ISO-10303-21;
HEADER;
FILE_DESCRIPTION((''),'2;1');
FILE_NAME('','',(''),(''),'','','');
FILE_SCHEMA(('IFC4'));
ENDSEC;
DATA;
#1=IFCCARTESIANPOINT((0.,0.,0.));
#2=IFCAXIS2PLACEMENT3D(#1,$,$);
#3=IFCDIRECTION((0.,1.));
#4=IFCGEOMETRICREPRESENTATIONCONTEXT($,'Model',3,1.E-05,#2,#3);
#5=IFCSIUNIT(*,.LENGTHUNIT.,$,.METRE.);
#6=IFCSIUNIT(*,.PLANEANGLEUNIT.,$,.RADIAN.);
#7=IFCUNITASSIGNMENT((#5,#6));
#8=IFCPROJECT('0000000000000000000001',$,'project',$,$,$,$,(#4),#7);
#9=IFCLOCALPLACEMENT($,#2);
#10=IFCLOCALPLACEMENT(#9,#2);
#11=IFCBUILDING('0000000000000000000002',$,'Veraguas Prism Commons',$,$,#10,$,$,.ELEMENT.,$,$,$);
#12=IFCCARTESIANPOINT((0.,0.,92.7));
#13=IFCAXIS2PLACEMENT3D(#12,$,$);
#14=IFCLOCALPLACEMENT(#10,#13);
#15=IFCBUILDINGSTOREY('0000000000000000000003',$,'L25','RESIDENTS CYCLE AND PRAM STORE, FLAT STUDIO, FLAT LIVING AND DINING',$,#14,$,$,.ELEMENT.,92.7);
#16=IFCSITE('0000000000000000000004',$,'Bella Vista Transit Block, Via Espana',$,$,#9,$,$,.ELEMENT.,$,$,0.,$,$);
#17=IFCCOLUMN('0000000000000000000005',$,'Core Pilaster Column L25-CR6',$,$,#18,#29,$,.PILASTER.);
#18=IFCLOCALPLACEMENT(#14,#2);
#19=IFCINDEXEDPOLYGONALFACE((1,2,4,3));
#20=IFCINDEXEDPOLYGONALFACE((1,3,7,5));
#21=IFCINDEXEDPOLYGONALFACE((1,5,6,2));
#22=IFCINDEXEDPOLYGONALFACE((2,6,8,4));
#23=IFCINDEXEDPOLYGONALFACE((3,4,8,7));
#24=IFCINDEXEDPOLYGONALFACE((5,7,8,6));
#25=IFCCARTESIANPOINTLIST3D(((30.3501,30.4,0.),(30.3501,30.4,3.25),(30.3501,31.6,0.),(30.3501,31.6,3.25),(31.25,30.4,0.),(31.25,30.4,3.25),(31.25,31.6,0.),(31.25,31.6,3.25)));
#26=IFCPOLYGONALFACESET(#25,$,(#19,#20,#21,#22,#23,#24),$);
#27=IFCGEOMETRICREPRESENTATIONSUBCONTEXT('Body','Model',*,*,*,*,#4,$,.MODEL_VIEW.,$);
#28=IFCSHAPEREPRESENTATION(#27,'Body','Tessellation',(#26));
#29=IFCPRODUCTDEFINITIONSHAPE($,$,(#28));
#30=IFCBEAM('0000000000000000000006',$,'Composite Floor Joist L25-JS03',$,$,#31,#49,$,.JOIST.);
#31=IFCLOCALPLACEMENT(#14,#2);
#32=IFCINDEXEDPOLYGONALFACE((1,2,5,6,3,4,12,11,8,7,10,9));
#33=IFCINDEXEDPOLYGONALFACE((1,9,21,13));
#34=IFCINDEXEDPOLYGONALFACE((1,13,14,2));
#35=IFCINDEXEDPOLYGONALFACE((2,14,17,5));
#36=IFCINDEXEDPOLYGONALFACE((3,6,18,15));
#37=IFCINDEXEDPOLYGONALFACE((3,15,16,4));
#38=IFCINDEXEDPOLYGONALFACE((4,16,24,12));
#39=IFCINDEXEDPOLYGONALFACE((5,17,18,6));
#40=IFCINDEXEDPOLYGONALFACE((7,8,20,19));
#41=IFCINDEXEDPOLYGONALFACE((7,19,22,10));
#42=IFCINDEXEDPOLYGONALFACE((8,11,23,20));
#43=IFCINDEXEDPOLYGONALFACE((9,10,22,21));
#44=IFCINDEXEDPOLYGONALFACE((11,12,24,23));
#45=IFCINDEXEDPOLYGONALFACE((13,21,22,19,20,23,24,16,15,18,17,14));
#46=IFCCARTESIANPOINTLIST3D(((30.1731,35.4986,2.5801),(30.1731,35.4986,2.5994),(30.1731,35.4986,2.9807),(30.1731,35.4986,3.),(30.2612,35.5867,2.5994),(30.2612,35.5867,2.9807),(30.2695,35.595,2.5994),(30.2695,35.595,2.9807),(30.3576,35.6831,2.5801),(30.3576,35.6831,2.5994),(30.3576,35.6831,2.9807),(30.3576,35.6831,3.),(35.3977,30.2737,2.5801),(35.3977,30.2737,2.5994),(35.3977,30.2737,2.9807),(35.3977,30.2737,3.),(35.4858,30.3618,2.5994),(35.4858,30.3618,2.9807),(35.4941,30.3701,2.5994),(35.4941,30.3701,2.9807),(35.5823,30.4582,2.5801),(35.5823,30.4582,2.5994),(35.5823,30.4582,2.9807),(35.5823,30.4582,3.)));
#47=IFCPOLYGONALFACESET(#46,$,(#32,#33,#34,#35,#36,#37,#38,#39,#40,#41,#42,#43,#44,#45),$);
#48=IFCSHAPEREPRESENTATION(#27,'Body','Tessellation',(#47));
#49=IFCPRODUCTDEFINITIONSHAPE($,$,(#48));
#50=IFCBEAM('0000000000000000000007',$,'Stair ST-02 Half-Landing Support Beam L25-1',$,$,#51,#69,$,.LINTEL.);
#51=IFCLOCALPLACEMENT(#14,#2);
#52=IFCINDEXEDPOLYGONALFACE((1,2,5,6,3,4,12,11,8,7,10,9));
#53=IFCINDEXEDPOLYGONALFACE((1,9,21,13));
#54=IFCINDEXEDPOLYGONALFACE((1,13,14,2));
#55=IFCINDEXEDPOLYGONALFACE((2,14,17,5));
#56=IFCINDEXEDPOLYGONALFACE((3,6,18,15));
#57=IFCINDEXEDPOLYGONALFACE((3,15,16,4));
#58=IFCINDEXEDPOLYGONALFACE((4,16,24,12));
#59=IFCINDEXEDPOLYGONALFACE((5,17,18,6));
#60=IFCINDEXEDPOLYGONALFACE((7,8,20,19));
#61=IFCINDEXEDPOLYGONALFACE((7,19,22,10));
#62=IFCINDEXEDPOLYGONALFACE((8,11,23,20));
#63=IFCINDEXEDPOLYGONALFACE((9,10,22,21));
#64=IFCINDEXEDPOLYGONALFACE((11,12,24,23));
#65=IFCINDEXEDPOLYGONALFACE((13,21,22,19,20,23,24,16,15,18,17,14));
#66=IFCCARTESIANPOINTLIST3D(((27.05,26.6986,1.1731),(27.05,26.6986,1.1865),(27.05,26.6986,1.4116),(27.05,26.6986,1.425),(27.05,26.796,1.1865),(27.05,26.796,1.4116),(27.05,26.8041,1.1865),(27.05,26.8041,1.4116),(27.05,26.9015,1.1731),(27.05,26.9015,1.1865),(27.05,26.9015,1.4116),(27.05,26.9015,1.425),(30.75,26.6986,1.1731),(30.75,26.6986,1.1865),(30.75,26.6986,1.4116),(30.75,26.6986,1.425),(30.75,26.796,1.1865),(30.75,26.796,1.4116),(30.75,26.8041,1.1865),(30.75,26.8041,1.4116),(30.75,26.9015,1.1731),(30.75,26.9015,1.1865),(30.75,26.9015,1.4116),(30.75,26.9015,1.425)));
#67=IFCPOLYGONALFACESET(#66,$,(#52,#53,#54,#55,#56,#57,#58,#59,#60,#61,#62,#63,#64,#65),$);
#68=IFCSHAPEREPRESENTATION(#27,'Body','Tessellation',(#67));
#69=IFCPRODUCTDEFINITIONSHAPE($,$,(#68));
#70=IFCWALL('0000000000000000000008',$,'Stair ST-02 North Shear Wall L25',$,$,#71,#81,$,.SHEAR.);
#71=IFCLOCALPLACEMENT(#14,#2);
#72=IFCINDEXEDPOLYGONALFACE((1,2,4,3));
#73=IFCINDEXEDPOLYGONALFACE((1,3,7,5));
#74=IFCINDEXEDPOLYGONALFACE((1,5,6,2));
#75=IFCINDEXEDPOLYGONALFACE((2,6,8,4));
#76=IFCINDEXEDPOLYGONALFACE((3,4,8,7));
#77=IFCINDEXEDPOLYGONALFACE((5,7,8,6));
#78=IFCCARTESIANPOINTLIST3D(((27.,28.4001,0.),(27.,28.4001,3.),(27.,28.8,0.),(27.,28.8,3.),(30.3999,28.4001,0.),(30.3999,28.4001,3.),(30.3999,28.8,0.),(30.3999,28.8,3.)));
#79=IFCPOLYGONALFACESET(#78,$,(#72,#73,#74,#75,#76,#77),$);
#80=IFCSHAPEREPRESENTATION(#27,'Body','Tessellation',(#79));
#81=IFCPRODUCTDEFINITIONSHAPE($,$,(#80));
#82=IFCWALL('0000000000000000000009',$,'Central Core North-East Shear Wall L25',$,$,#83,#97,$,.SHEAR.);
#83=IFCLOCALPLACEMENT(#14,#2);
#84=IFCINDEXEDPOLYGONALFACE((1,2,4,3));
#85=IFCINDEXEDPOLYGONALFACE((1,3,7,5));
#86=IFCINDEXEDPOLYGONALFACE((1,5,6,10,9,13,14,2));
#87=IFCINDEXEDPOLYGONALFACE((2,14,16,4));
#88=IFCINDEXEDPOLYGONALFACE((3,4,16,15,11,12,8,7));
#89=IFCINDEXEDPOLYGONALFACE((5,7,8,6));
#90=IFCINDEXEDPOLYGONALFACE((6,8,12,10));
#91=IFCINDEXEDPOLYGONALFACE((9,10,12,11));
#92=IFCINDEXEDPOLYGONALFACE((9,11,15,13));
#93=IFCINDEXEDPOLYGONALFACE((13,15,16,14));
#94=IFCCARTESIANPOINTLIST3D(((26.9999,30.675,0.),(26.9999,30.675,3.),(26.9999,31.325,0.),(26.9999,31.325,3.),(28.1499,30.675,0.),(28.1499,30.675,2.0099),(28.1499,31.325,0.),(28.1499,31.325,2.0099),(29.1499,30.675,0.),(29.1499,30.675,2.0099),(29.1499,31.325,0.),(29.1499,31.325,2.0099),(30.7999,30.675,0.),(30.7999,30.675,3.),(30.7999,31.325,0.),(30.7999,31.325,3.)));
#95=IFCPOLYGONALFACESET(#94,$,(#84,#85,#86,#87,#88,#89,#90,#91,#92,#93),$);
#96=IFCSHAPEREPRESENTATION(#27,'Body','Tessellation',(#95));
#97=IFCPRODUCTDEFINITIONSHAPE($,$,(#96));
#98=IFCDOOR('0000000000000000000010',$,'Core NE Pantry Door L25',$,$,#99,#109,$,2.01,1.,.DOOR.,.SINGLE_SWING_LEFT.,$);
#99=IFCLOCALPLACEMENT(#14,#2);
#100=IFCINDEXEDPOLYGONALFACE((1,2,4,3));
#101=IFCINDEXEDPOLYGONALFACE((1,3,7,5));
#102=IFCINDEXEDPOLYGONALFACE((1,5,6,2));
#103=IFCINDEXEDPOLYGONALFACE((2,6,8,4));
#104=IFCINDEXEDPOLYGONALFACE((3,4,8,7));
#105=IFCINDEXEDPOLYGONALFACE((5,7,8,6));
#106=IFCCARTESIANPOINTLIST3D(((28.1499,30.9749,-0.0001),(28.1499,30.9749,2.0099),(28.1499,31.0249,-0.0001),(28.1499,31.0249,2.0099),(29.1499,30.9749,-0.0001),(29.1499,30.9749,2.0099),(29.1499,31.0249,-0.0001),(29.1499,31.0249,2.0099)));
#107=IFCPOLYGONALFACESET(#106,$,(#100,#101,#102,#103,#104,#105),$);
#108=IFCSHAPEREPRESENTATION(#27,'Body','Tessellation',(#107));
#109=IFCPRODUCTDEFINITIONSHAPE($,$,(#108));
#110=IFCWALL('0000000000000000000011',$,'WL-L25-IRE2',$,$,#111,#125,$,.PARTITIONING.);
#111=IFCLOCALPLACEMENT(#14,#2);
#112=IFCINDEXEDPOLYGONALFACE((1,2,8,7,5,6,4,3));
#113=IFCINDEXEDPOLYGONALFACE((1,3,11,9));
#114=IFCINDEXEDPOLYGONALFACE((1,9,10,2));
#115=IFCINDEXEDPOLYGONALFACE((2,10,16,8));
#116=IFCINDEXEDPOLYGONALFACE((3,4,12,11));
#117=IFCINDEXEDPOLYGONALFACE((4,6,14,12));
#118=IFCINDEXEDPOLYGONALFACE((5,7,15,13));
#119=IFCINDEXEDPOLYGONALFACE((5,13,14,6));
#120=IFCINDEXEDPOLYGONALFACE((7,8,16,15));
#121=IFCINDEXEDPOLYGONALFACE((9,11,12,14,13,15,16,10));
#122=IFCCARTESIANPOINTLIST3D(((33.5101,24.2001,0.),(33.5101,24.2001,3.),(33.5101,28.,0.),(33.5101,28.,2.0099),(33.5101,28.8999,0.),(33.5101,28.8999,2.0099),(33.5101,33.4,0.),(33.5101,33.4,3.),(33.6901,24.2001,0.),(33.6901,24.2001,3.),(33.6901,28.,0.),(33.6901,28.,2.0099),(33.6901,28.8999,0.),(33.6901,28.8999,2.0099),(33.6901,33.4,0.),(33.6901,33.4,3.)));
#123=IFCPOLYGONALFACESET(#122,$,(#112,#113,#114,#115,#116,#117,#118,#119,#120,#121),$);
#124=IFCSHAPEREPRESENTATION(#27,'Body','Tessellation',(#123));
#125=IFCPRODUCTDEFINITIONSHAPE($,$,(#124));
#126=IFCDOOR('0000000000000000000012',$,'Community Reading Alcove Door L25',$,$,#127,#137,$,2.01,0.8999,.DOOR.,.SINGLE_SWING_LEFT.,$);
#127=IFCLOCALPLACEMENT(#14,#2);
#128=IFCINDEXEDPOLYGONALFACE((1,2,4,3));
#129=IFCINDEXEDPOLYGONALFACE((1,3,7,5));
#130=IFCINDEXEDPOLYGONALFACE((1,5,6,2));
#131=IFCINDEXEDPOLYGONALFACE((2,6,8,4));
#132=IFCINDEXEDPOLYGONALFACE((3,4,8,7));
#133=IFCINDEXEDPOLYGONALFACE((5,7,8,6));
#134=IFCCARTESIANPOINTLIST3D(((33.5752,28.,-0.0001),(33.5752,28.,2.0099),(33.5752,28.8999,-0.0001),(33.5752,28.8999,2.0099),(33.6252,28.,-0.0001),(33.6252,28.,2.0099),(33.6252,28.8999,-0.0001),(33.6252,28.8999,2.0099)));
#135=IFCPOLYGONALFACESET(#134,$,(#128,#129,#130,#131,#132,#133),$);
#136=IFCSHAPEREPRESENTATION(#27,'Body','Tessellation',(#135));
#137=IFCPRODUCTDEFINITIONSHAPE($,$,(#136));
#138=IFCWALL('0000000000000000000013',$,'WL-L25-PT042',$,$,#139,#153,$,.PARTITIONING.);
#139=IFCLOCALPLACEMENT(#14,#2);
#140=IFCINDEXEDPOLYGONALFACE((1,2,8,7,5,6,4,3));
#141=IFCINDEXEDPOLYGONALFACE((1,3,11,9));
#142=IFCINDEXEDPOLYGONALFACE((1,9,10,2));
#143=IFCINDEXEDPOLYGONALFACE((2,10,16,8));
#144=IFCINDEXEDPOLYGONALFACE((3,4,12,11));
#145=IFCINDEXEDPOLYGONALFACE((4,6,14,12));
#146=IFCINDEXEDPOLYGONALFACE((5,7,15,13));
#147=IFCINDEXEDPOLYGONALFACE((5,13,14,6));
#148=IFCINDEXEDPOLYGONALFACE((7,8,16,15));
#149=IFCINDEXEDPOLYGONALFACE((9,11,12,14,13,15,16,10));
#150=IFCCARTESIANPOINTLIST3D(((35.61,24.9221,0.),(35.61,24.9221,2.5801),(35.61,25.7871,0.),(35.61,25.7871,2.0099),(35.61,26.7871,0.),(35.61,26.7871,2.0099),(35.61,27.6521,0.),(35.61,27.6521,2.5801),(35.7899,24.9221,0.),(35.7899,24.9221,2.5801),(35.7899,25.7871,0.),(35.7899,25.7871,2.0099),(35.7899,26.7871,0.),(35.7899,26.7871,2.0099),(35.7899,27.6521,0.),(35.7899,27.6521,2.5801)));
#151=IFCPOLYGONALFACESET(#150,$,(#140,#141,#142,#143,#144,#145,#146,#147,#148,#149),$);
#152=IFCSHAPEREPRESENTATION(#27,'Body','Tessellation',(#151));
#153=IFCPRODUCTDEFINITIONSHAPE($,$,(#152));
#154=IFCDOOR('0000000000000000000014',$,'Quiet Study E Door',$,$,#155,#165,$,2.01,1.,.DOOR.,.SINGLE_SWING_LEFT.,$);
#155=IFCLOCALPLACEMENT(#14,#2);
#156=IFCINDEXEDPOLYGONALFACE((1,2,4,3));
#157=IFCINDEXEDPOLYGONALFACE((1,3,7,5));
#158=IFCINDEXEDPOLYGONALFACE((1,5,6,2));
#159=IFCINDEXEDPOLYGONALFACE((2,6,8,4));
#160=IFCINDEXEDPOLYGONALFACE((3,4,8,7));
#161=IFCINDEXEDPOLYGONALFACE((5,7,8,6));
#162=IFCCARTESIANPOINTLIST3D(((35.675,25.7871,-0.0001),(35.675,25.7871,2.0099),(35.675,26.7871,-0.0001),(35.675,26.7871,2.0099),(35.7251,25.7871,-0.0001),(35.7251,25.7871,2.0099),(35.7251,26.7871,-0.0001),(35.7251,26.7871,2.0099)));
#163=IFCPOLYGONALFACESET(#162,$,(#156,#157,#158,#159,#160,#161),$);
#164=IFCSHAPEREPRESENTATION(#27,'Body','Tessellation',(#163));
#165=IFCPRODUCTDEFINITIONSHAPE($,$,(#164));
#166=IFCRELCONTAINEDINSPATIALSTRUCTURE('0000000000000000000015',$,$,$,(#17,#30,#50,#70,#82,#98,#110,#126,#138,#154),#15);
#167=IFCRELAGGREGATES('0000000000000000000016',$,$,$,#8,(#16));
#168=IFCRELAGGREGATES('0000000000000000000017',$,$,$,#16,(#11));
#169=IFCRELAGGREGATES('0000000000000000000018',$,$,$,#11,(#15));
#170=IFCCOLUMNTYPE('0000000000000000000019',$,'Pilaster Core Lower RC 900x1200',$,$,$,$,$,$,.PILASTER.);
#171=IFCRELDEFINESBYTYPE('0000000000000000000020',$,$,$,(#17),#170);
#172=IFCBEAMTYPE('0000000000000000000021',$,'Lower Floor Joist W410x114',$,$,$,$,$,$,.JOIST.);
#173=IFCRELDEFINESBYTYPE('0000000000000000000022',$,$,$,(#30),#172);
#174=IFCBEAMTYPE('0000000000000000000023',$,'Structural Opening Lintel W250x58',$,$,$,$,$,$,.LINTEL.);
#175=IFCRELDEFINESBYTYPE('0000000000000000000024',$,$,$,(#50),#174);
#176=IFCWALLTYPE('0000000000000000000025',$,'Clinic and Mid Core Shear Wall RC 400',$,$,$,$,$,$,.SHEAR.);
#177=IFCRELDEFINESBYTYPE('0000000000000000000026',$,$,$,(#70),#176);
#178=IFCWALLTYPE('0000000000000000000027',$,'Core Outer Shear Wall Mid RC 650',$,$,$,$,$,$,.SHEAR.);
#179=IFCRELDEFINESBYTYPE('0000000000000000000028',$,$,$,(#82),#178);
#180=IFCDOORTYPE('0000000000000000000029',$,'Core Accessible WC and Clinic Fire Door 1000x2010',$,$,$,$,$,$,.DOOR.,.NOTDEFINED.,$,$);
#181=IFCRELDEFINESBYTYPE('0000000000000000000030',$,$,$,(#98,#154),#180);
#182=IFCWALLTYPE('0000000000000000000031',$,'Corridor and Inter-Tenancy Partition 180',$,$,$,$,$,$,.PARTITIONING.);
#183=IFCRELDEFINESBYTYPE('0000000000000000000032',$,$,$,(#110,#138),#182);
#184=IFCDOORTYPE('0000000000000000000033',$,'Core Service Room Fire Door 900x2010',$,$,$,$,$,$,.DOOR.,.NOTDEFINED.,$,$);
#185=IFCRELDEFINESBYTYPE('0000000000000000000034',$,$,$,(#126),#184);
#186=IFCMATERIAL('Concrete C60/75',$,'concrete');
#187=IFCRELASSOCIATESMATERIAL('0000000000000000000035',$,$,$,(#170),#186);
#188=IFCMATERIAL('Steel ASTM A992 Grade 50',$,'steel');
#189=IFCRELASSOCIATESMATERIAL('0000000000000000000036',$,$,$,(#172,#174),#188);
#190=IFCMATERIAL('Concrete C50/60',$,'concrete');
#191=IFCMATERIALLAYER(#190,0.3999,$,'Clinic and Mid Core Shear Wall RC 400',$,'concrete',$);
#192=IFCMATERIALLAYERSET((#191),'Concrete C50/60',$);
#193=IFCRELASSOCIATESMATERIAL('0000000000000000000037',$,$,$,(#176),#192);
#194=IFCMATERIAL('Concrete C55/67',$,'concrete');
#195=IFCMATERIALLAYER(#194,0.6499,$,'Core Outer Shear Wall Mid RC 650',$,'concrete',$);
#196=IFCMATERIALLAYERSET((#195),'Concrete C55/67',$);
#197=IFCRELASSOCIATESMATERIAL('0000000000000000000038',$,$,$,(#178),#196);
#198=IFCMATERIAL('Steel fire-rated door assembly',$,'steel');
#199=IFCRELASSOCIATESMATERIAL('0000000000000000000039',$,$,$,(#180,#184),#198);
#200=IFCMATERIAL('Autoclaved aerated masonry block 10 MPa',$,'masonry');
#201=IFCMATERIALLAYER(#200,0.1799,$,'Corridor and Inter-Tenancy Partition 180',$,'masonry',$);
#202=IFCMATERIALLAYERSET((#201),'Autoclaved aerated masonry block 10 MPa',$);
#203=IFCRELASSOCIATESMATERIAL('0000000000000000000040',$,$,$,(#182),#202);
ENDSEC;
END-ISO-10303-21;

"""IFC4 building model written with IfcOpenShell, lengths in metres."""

from ifc_helpers import new_model, si_unit, direction, frame, frame_2d, origin, origin_2d, place, context, subcontext, project, spatial, rectangle, i_section, extrude, source, transform, mapped, material, layer, layer_set, material_profile, profile_set, type_object, element, fill, save


model = new_model("IFC4")

# Units and contexts
model_context = context("Model", 3, precision=1e-05, world=origin(), true_north=direction((0.0, 1.0)))
body_context = subcontext(model_context, "Body", "Model", "MODEL_VIEW")
ifc_project = project(units=[si_unit("LENGTHUNIT", "METRE"), si_unit("PLANEANGLEUNIT", "RADIAN")], contexts=[model_context])

# Site, building, storey
site_placement = place(None, origin())
site = spatial("IfcSite", under=ifc_project, at=site_placement, Name="Bella Vista Transit Block, Via Espana", CompositionType="ELEMENT", RefElevation=0.0)
building_placement = place(site_placement, origin())
building = spatial("IfcBuilding", under=site, at=building_placement, Name="Veraguas Prism Commons", CompositionType="ELEMENT")
storey_placement = place(building_placement, frame((0.0, 0.0, 92.7)))
storey = spatial("IfcBuildingStorey", under=building, at=storey_placement, Name="L25", Description="RESIDENTS CYCLE AND PRAM STORE, FLAT STUDIO, FLAT LIVING AND DINING", CompositionType="ELEMENT", Elevation=92.7)

# Column
ifc_material_1 = material(Name="Concrete C60/75", Category="concrete")
ifc_material_profile_1 = material_profile(ifc_material_1, rectangle(XDim=0.8999, YDim=1.2, at=origin_2d()), Name="RC900X1200")
ifc_profile_set_1 = profile_set([ifc_material_profile_1], Name="Concrete C60/75")
column_type = type_object("IfcColumnType", Name="Pilaster Core Lower RC 900x1200", PredefinedType="PILASTER", material=ifc_profile_set_1)
column_placement = place(storey_placement, frame((30.8, 31.0, 0.0), z_axis=(0.0, 0.0, 1.0), x_axis=(1.0, 0.0, 0.0)))
element("IfcColumn", 1, at=column_placement, inside=storey, type_object=column_type, Name="Core Pilaster Column L25-CR6", PredefinedType="PILASTER", context=body_context, shape_type="SweptSolid", body=[
    extrude(rectangle(XDim=0.8999, YDim=1.2, at=origin_2d()), origin(), (0.0, 0.0, 1.0), 3.25),
])

# Beams
ifc_material_2 = material(Name="Steel ASTM A992 Grade 50", Category="steel")
ifc_material_profile_2 = material_profile(ifc_material_2, i_section(OverallWidth=0.261, OverallDepth=0.4199, WebThickness=0.0117, FlangeThickness=0.0193, at=origin_2d()), Name="W410X114")
ifc_profile_set_2 = profile_set([ifc_material_profile_2], Name="Steel ASTM A992 Grade 50")
beam_type_1 = type_object("IfcBeamType", Name="Lower Floor Joist W410x114", PredefinedType="JOIST", material=ifc_profile_set_2)
beam_1_placement = place(storey_placement, frame((35.49, 30.366, 2.79), z_axis=(-0.70709, 0.707123, 0.0), x_axis=(-0.707123, -0.70709, 0.0)))
element("IfcBeam", 2, at=beam_1_placement, inside=storey, type_object=beam_type_1, Name="Composite Floor Joist L25-JS03", PredefinedType="JOIST", context=body_context, shape_type="SweptSolid", body=[
    extrude(i_section(OverallWidth=0.261, OverallDepth=0.4199, WebThickness=0.0117, FlangeThickness=0.0193, at=origin_2d()), origin(), (0.0, 0.0, 1.0), 7.3889),
])
ifc_material_profile_3 = material_profile(ifc_material_2, i_section(OverallWidth=0.2029, OverallDepth=0.252, WebThickness=0.0081, FlangeThickness=0.0134, at=origin_2d()), Name="W250X58")
ifc_profile_set_3 = profile_set([ifc_material_profile_3], Name="Steel ASTM A992 Grade 50")
beam_type_2 = type_object("IfcBeamType", Name="Structural Opening Lintel W250x58", PredefinedType="LINTEL", material=ifc_profile_set_3)
beam_2_placement = place(storey_placement, frame((27.05, 26.8, 1.2991), z_axis=(1.0, 0.0, 0.0), x_axis=(0.0, 1.0, 0.0)))
element("IfcBeam", 3, at=beam_2_placement, inside=storey, type_object=beam_type_2, Name="Stair ST-02 Half-Landing Support Beam L25-1", PredefinedType="LINTEL", context=body_context, shape_type="SweptSolid", body=[
    extrude(i_section(OverallWidth=0.2029, OverallDepth=0.252, WebThickness=0.0081, FlangeThickness=0.0134, at=origin_2d()), origin(), (0.0, 0.0, 1.0), 3.7),
])

# Wall
ifc_material_3 = material(Name="Concrete C50/60", Category="concrete")
ifc_layer_1 = layer(ifc_material_3, 0.3999, Name="Clinic and Mid Core Shear Wall RC 400", Category="concrete")
ifc_layer_set_1 = layer_set([ifc_layer_1], Name="Concrete C50/60")
wall_type_1 = type_object("IfcWallType", Name="Clinic and Mid Core Shear Wall RC 400", PredefinedType="SHEAR", material=ifc_layer_set_1)
wall_1_placement = place(storey_placement, frame((27.0, 28.6001, 0.0), z_axis=(0.0, 0.0, 1.0), x_axis=(1.0, 0.0, 0.0)))
element("IfcWall", 4, at=wall_1_placement, inside=storey, type_object=wall_type_1, Name="Stair ST-02 North Shear Wall L25", PredefinedType="SHEAR", context=body_context, shape_type="SweptSolid", body=[
    extrude(rectangle(XDim=3.3999, YDim=0.3999, at=frame_2d((1.7, 0.0))), origin(), (0.0, 0.0, 1.0), 3.0),
])

# Walls, openings, doors
ifc_material_4 = material(Name="Concrete C55/67", Category="concrete")
ifc_layer_2 = layer(ifc_material_4, 0.6499, Name="Core Outer Shear Wall Mid RC 650", Category="concrete")
ifc_layer_set_2 = layer_set([ifc_layer_2], Name="Concrete C55/67")
wall_type_2 = type_object("IfcWallType", Name="Core Outer Shear Wall Mid RC 650", PredefinedType="SHEAR", material=ifc_layer_set_2)
wall_2_placement = place(storey_placement, frame((27.0, 31.0, 0.0), z_axis=(0.0, 0.0, 1.0), x_axis=(1.0, 0.0, 0.0)))
wall_2 = element("IfcWall", 5, at=wall_2_placement, inside=storey, type_object=wall_type_2, Name="Central Core North-East Shear Wall L25", PredefinedType="SHEAR", context=body_context, shape_type="SweptSolid", body=[
    extrude(rectangle(XDim=3.8, YDim=0.6499, at=frame_2d((1.8999, 0.0))), origin(), (0.0, 0.0, 1.0), 3.0),
])
opening_1_placement = place(wall_2_placement, frame((1.1499, 0.0, 0.0)))
opening_1 = element("IfcOpeningElement", 6, at=opening_1_placement, cuts=wall_2, PredefinedType="OPENING", context=body_context, shape_type="SweptSolid", body=[
    extrude(rectangle(XDim=1.0, YDim=2.01, at=frame_2d((0.5, 1.0049))), frame((0.0, 0.335, 0.0), z_axis=(0.0, -1.0, 0.0), x_axis=(1.0, 0.0, 0.0)), (0.0, 0.0, 1.0), 0.6699),
])
ifc_material_5 = material(Name="Steel fire-rated door assembly", Category="steel")
door_type_1 = type_object("IfcDoorType", Name="Core Accessible WC and Clinic Fire Door 1000x2010", OperationType="NOTDEFINED", PredefinedType="DOOR", material=ifc_material_5)
shared_shape_1 = source(origin(), body_context, "Body", "SweptSolid", [
    extrude(rectangle(XDim=1.0, YDim=2.01, at=frame_2d((0.5, 1.0049))), frame((0.0, 0.0249, 0.0), z_axis=(0.0, -1.0, 0.0), x_axis=(1.0, 0.0, 0.0)), (0.0, 0.0, 1.0), 0.05),
])
door_1_placement = place(opening_1_placement, origin())
door_1 = element("IfcDoor", 7, at=door_1_placement, inside=storey, type_object=door_type_1, Name="Core NE Pantry Door L25", OperationType="SINGLE_SWING_LEFT", OverallHeight=2.01, OverallWidth=1.0, PredefinedType="DOOR", context=body_context, shape_type="MappedRepresentation", body=[
    mapped(shared_shape_1, transform((0.0, 0.0, 0.0), scale=1.0)),
])
fill(opening_1, door_1)
ifc_material_6 = material(Name="Autoclaved aerated masonry block 10 MPa", Category="masonry")
ifc_layer_3 = layer(ifc_material_6, 0.1799, Name="Corridor and Inter-Tenancy Partition 180", Category="masonry")
ifc_layer_set_3 = layer_set([ifc_layer_3], Name="Autoclaved aerated masonry block 10 MPa")
wall_type_3 = type_object("IfcWallType", Name="Corridor and Inter-Tenancy Partition 180", PredefinedType="PARTITIONING", material=ifc_layer_set_3)
wall_3_placement = place(storey_placement, frame((33.6001, 24.2, 0.0), z_axis=(0.0, 0.0, 1.0), x_axis=(0.0, 1.0, 0.0)))
wall_3 = element("IfcWall", 8, at=wall_3_placement, inside=storey, type_object=wall_type_3, Name="WL-L25-IRE2", PredefinedType="PARTITIONING", context=body_context, shape_type="SweptSolid", body=[
    extrude(rectangle(XDim=9.2, YDim=0.1799, at=frame_2d((4.6001, 0.0))), origin(), (0.0, 0.0, 1.0), 3.0),
])
opening_2_placement = place(wall_3_placement, frame((3.8, 0.0, 0.0)))
opening_2 = element("IfcOpeningElement", 9, at=opening_2_placement, cuts=wall_3, PredefinedType="OPENING", context=body_context, shape_type="SweptSolid", body=[
    extrude(rectangle(XDim=0.8999, YDim=2.01, at=frame_2d((0.45, 1.0049))), frame((0.0, 0.0999, 0.0), z_axis=(0.0, -1.0, 0.0), x_axis=(1.0, 0.0, 0.0)), (0.0, 0.0, 1.0), 0.2),
])
door_type_2 = type_object("IfcDoorType", Name="Core Service Room Fire Door 900x2010", OperationType="NOTDEFINED", PredefinedType="DOOR", material=ifc_material_5)
shared_shape_2 = source(origin(), body_context, "Body", "SweptSolid", [
    extrude(rectangle(XDim=0.8999, YDim=2.01, at=frame_2d((0.45, 1.0049))), frame((0.0, 0.0249, 0.0), z_axis=(0.0, -1.0, 0.0), x_axis=(1.0, 0.0, 0.0)), (0.0, 0.0, 1.0), 0.05),
])
door_2_placement = place(opening_2_placement, origin())
door_2 = element("IfcDoor", 10, at=door_2_placement, inside=storey, type_object=door_type_2, Name="Community Reading Alcove Door L25", OperationType="SINGLE_SWING_LEFT", OverallHeight=2.01, OverallWidth=0.8999, PredefinedType="DOOR", context=body_context, shape_type="MappedRepresentation", body=[
    mapped(shared_shape_2, transform((0.0, 0.0, 0.0), scale=1.0)),
])
fill(opening_2, door_2)
wall_4_placement = place(storey_placement, frame((35.7, 24.9221, 0.0), z_axis=(0.0, 0.0, 1.0), x_axis=(0.0, 1.0, 0.0)))
wall_4 = element("IfcWall", 11, at=wall_4_placement, inside=storey, type_object=wall_type_3, Name="WL-L25-PT042", PredefinedType="PARTITIONING", context=body_context, shape_type="SweptSolid", body=[
    extrude(rectangle(XDim=2.73, YDim=0.1799, at=frame_2d((1.365, 0.0))), origin(), (0.0, 0.0, 1.0), 2.5801),
])
opening_3_placement = place(wall_4_placement, frame((0.865, 0.0, 0.0)))
opening_3 = element("IfcOpeningElement", 12, at=opening_3_placement, cuts=wall_4, PredefinedType="OPENING", context=body_context, shape_type="SweptSolid", body=[
    extrude(rectangle(XDim=1.0, YDim=2.01, at=frame_2d((0.5, 1.0049))), frame((0.0, 0.0999, 0.0), z_axis=(0.0, -1.0, 0.0), x_axis=(1.0, 0.0, 0.0)), (0.0, 0.0, 1.0), 0.2),
])
door_3_placement = place(opening_3_placement, origin())
door_3 = element("IfcDoor", 13, at=door_3_placement, inside=storey, type_object=door_type_1, Name="Quiet Study E Door", OperationType="SINGLE_SWING_LEFT", OverallHeight=2.01, OverallWidth=1.0, PredefinedType="DOOR", context=body_context, shape_type="MappedRepresentation", body=[
    mapped(shared_shape_1, transform((0.0, 0.0, 0.0), scale=1.0)),
])
fill(opening_3, door_3)

save(model, "model.ifc")
